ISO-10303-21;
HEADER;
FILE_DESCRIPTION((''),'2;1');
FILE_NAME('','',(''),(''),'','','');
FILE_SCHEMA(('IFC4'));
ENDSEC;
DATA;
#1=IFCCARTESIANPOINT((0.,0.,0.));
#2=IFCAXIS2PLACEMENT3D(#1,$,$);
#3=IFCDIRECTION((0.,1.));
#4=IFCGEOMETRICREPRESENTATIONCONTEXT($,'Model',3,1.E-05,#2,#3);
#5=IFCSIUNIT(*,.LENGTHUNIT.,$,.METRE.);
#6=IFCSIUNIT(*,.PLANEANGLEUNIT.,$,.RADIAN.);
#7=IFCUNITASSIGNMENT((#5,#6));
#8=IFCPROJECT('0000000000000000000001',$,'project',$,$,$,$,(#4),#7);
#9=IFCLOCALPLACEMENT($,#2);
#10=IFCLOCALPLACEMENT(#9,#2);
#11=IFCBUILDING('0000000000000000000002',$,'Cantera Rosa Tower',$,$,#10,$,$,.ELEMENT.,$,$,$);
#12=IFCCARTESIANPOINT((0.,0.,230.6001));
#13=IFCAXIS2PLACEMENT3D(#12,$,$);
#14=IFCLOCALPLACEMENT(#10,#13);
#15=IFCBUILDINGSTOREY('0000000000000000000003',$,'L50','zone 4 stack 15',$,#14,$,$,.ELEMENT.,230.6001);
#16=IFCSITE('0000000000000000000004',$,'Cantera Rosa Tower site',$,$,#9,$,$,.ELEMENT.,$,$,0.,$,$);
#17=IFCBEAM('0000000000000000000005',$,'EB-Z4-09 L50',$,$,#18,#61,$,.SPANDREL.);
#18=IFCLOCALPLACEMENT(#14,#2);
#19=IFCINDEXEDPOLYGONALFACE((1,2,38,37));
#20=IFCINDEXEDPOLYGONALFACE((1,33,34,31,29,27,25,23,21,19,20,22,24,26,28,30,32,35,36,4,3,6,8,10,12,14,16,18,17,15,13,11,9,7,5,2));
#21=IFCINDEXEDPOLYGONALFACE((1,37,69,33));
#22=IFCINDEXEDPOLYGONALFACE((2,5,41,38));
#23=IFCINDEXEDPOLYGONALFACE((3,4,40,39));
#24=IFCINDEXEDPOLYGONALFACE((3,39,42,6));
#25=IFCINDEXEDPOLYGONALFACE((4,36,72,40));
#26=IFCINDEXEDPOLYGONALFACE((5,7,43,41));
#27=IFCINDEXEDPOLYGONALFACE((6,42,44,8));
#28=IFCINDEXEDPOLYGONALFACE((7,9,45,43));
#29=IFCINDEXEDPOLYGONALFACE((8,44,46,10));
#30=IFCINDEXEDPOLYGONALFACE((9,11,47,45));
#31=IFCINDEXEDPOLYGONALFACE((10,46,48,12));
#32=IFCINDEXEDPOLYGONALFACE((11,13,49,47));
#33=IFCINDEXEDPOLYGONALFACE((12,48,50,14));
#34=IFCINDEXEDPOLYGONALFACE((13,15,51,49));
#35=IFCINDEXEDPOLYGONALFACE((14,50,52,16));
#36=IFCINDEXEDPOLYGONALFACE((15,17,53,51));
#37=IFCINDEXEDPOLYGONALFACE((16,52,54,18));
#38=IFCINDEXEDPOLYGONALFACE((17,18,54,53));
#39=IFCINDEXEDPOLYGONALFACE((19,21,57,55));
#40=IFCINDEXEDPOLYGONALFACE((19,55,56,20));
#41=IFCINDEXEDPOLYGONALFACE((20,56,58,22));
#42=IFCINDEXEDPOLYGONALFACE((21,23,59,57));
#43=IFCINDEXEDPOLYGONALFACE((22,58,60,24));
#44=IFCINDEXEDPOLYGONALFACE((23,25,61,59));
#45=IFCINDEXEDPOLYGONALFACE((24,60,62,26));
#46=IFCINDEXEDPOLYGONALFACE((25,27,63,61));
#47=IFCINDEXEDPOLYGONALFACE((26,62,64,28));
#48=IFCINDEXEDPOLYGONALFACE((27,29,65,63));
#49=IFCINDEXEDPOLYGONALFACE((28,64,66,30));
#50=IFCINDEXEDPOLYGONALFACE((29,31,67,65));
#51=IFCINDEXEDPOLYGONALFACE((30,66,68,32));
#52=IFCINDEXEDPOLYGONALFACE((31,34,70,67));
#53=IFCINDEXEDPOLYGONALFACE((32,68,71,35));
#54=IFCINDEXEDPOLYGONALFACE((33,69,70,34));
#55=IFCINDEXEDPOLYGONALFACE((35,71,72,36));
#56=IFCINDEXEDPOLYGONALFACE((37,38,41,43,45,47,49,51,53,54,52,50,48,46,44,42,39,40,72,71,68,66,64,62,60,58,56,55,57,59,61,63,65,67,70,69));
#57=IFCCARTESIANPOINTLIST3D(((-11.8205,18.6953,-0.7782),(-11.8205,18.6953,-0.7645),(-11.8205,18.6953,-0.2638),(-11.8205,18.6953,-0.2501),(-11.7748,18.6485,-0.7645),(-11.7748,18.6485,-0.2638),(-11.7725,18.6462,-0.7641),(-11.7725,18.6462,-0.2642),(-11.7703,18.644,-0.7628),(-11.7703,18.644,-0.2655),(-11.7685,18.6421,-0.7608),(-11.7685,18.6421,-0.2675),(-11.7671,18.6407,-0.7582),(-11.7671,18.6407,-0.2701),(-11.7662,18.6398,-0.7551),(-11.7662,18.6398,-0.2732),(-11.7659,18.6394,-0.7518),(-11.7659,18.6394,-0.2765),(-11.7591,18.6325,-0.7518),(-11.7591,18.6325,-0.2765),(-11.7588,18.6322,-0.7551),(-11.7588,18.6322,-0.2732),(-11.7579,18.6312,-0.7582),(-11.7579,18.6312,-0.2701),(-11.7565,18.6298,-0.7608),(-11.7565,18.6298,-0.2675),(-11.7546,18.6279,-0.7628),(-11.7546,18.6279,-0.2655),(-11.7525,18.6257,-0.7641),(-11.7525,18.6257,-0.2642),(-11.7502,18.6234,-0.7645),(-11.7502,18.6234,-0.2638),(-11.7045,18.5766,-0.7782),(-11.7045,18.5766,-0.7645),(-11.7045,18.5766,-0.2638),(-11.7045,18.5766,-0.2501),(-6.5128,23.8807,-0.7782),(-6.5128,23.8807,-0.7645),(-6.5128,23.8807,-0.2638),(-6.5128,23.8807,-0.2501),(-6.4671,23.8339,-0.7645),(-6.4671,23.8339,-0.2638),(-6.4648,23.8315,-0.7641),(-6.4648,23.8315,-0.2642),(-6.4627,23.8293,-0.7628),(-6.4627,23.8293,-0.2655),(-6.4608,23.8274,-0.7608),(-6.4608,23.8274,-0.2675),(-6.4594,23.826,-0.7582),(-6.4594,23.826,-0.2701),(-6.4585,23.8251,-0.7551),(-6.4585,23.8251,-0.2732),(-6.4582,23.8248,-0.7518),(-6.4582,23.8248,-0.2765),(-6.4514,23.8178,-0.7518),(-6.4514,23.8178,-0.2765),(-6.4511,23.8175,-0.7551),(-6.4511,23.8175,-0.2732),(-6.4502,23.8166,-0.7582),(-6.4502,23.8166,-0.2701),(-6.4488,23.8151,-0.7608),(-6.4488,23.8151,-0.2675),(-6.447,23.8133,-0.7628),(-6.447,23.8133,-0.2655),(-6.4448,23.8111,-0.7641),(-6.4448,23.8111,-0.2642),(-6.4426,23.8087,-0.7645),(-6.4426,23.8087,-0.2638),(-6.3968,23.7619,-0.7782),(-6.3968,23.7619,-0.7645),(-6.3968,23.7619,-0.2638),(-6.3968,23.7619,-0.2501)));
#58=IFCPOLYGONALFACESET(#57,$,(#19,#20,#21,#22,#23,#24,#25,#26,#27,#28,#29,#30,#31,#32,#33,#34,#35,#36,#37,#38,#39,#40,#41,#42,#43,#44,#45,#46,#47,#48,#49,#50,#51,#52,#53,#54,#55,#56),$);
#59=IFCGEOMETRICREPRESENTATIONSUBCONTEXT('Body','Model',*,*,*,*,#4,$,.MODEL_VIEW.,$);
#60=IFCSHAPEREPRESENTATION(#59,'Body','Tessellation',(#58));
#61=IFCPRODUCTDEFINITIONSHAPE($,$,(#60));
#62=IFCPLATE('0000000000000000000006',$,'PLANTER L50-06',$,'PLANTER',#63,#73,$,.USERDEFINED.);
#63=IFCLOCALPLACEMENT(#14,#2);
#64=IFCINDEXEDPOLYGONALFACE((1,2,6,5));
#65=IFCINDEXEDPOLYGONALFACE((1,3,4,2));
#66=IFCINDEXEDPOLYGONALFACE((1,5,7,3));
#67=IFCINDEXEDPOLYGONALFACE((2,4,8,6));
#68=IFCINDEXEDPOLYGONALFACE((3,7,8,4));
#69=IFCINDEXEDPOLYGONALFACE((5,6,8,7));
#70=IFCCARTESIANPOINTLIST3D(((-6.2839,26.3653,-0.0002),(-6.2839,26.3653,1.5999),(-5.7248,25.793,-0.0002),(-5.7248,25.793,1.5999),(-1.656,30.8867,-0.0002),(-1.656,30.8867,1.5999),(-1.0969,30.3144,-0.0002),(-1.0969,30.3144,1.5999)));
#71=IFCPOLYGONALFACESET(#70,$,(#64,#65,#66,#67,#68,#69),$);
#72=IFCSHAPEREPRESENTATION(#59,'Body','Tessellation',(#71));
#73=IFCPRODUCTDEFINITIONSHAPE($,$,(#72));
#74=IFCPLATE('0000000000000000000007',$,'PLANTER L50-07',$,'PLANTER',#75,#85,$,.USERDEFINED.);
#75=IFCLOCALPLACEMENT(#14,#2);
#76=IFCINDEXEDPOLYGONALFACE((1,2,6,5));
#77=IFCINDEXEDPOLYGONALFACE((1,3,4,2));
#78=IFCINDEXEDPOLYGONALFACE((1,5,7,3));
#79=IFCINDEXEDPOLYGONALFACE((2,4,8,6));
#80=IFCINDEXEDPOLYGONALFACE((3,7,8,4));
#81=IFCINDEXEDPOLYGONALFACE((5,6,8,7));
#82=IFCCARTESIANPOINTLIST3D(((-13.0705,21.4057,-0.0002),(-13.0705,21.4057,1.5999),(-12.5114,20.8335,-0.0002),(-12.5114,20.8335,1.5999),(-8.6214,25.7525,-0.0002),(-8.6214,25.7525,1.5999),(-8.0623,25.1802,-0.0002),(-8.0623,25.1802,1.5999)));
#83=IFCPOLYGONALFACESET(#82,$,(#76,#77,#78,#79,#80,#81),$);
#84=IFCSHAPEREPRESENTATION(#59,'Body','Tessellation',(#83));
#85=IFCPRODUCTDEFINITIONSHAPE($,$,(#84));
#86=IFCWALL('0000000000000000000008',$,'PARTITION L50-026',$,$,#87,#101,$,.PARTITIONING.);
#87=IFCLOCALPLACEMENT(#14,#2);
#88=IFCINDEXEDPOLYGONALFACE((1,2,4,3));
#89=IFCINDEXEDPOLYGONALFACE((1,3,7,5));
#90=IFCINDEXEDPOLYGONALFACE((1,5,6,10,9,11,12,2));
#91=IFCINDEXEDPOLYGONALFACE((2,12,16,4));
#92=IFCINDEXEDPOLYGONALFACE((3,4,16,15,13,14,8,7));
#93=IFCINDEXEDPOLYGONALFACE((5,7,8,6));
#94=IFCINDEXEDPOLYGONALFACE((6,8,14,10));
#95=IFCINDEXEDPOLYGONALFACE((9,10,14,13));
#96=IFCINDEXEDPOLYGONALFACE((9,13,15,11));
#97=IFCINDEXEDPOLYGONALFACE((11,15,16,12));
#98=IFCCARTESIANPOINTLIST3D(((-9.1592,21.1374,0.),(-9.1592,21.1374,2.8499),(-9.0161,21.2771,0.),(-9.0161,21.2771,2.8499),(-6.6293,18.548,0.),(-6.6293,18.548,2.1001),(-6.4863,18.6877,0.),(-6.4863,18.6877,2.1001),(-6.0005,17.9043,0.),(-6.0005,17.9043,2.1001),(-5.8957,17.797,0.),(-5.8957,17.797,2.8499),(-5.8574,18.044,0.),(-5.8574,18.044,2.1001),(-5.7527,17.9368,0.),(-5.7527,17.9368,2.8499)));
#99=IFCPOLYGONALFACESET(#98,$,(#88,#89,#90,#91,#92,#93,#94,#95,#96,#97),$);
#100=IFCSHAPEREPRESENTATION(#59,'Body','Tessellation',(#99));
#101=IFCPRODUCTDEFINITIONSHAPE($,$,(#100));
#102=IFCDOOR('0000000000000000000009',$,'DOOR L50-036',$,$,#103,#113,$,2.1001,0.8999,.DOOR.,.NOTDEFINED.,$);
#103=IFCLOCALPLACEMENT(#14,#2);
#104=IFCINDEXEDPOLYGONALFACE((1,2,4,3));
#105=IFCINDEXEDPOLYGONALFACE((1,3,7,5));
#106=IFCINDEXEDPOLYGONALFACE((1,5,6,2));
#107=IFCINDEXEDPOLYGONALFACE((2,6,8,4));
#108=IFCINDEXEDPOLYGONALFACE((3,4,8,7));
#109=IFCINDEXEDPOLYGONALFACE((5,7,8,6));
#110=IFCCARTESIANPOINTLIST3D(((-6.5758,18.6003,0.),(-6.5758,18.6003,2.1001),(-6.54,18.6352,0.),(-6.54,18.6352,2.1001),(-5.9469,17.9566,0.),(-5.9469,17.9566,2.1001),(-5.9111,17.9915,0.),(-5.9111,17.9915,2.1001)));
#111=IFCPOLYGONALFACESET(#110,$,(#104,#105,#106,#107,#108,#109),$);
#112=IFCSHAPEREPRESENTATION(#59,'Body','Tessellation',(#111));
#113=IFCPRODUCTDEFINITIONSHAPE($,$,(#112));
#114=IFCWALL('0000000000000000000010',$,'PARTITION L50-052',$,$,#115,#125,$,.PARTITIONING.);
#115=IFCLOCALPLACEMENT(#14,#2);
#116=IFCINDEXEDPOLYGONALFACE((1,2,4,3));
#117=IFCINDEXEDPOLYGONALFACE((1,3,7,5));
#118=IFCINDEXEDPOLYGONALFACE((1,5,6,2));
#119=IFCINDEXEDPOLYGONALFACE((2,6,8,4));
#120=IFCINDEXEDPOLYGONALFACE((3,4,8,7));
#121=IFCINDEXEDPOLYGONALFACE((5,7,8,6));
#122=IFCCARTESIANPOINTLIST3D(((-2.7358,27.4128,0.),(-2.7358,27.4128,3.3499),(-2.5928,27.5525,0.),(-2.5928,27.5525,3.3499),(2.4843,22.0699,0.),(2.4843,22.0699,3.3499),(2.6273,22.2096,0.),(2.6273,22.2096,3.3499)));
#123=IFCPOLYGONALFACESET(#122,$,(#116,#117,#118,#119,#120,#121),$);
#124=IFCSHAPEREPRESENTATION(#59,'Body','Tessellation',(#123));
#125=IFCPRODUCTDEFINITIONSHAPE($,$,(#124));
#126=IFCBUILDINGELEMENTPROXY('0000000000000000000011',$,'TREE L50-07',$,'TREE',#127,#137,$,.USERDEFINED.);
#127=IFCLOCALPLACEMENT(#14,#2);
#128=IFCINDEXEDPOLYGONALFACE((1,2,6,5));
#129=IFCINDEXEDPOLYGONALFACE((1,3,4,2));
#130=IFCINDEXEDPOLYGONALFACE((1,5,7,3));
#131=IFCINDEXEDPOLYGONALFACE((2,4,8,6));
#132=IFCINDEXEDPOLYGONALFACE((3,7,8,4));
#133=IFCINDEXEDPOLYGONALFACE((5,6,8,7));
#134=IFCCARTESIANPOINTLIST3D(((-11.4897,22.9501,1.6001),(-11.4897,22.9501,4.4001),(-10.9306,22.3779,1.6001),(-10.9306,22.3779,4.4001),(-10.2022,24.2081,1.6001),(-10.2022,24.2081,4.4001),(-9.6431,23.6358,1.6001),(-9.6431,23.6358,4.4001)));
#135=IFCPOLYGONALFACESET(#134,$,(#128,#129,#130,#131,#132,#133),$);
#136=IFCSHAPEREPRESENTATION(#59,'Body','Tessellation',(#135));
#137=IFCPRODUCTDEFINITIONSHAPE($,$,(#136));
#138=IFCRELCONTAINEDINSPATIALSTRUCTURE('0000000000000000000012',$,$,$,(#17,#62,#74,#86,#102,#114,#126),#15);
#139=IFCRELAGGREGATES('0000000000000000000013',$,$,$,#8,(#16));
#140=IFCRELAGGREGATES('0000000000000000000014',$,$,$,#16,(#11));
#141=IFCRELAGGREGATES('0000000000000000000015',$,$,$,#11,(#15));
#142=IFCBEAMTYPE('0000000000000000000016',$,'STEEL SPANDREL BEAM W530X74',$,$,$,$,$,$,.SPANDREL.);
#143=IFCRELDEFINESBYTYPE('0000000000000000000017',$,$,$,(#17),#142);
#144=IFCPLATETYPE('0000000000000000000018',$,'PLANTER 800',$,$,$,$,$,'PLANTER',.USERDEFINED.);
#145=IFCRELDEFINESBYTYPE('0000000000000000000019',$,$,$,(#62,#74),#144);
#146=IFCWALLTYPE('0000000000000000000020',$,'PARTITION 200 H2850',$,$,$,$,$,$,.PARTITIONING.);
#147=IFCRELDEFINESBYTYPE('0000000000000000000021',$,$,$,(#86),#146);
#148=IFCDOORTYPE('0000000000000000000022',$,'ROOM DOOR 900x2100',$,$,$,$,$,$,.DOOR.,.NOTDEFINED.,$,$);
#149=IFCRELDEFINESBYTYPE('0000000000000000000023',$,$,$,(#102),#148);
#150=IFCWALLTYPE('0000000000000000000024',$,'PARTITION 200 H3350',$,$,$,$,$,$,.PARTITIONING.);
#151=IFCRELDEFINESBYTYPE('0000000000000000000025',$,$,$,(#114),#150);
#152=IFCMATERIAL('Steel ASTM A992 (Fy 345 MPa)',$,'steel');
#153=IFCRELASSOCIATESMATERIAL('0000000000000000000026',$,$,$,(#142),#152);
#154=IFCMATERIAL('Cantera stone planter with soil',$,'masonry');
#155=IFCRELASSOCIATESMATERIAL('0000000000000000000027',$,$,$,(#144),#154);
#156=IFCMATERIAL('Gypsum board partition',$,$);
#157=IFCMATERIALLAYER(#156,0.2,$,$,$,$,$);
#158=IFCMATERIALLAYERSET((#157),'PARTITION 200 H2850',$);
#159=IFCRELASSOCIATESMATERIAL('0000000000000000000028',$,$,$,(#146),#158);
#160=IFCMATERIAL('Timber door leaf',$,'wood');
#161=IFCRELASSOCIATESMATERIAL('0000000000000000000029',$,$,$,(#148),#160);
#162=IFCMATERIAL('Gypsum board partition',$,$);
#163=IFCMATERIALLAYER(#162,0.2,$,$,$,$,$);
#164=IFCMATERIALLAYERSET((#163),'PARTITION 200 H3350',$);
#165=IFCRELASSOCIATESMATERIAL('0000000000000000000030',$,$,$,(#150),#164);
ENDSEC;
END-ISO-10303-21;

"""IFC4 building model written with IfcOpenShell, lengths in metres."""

from ifc_helpers import new_model, si_unit, direction, frame, frame_2d, origin, origin_2d, place, context, subcontext, project, spatial, rectangle, i_section, extrude, material, layer, layer_set, material_profile, profile_set, type_object, element, fill, save


model = new_model("IFC4")

# Units and contexts
model_context = context("Model", 3, precision=1e-05, world=origin(), true_north=direction((0.0, 1.0)))
body_context = subcontext(model_context, "Body", "Model", "MODEL_VIEW")
ifc_project = project(units=[si_unit("LENGTHUNIT", "METRE"), si_unit("PLANEANGLEUNIT", "RADIAN")], contexts=[model_context])

# Site, building, storey
site_placement = place(None, origin())
site = spatial("IfcSite", under=ifc_project, at=site_placement, Name="Cantera Rosa Tower site", CompositionType="ELEMENT", RefElevation=0.0)
building_placement = place(site_placement, origin())
building = spatial("IfcBuilding", under=site, at=building_placement, Name="Cantera Rosa Tower", CompositionType="ELEMENT")
storey_placement = place(building_placement, frame((0.0, 0.0, 230.6001)))
storey = spatial("IfcBuildingStorey", under=building, at=storey_placement, Name="L50", Description="zone 4 stack 15", CompositionType="ELEMENT", Elevation=230.6001)

# Beam
ifc_material_1 = material(Name="Steel ASTM A992 (Fy 345 MPa)", Category="steel")
ifc_material_profile_1 = material_profile(ifc_material_1, i_section(OverallWidth=0.166, OverallDepth=0.5281, WebThickness=0.0098, FlangeThickness=0.0137, FilletRadius=0.0127, at=origin_2d()), Name="W530X74")
ifc_profile_set_1 = profile_set([ifc_material_profile_1], Name="Steel ASTM A992 (Fy 345 MPa)")
beam_type_1 = type_object("IfcBeamType", Name="STEEL SPANDREL BEAM W530X74", PredefinedType="SPANDREL", material=ifc_profile_set_1)
beam_1_placement = place(storey_placement, frame((-6.4548, 23.8213, -0.5142), z_axis=(-0.715301, -0.698817, 0.0), x_axis=(0.698817, -0.715301, 0.0)))
element("IfcBeam", 1, at=beam_1_placement, inside=storey, type_object=beam_type_1, Name="EB-Z4-09 L50", PredefinedType="SPANDREL", context=body_context, shape_type="SweptSolid", body=[
    extrude(i_section(OverallWidth=0.166, OverallDepth=0.5281, WebThickness=0.0098, FlangeThickness=0.0137, FilletRadius=0.0127, at=origin_2d()), origin(), (0.0, 0.0, 1.0), 7.4202),
])

# Plates
ifc_material_2 = material(Name="Cantera stone planter with soil", Category="masonry")
plate_type = type_object("IfcPlateType", Name="PLANTER 800", ElementType="PLANTER", PredefinedType="USERDEFINED", material=ifc_material_2)
plate_1_placement = place(storey_placement, frame((-3.6904, 28.3398, -0.0002), z_axis=(0.0, 0.0, 1.0), x_axis=(-0.715286, -0.698832, 0.0)))
element("IfcPlate", 2, at=plate_1_placement, inside=storey, type_object=plate_type, Name="PLANTER L50-06", ObjectType="PLANTER", PredefinedType="USERDEFINED", context=body_context, shape_type="SweptSolid", body=[
    extrude(rectangle(XDim=6.47, YDim=0.8, at=origin_2d()), origin(), (0.0, 0.0, 1.0), 1.6001),
])
plate_2_placement = place(storey_placement, frame((-10.5664, 23.293, -0.0002), z_axis=(0.0, 0.0, 1.0), x_axis=(-0.715286, -0.698832, 0.0)))
element("IfcPlate", 3, at=plate_2_placement, inside=storey, type_object=plate_type, Name="PLANTER L50-07", ObjectType="PLANTER", PredefinedType="USERDEFINED", context=body_context, shape_type="SweptSolid", body=[
    extrude(rectangle(XDim=6.22, YDim=0.8, at=origin_2d()), origin(), (0.0, 0.0, 1.0), 1.6001),
])

# Wall, opening, door
ifc_material_3 = material(Name="Gypsum board partition")
ifc_layer_1 = layer(ifc_material_3, 0.2)
ifc_layer_set_1 = layer_set([ifc_layer_1], Name="PARTITION 200 H2850")
wall_type_1 = type_object("IfcWallType", Name="PARTITION 200 H2850", PredefinedType="PARTITIONING", material=ifc_layer_set_1)
wall_1_placement = place(storey_placement, frame((-9.0876, 21.2073, 0.0), z_axis=(0.0, 0.0, 1.0), x_axis=(0.698825, -0.715293, 0.0)))
wall_1 = element("IfcWall", 4, at=wall_1_placement, inside=storey, type_object=wall_type_1, Name="PARTITION L50-026", PredefinedType="PARTITIONING", context=body_context, shape_type="SweptSolid", body=[
    extrude(rectangle(XDim=4.6699, YDim=0.2, at=frame_2d((2.335, 0.0))), origin(), (0.0, 0.0, 1.0), 2.8499),
])
opening_1_placement = place(wall_1_placement, frame((3.6201, 0.0, 0.0)))
opening_1 = element("IfcOpeningElement", 5, at=opening_1_placement, cuts=wall_1, PredefinedType="OPENING", context=body_context, shape_type="SweptSolid", body=[
    extrude(rectangle(XDim=0.8999, YDim=2.1001, at=frame_2d((0.45, 1.05))), frame((0.0, 0.1099, 0.0), z_axis=(0.0, -1.0, 0.0), x_axis=(1.0, 0.0, 0.0)), (0.0, 0.0, 1.0), 0.22),
])
ifc_material_4 = material(Name="Timber door leaf", Category="wood")
door_type_1 = type_object("IfcDoorType", Name="ROOM DOOR 900x2100", OperationType="NOTDEFINED", PredefinedType="DOOR", material=ifc_material_4)
door_1_placement = place(opening_1_placement, origin())
door_1 = element("IfcDoor", 6, at=door_1_placement, inside=storey, type_object=door_type_1, Name="DOOR L50-036", OperationType="NOTDEFINED", OverallHeight=2.1001, OverallWidth=0.8999, PredefinedType="DOOR", context=body_context, shape_type="SweptSolid", body=[
    extrude(rectangle(XDim=0.8999, YDim=2.1001, at=frame_2d((0.45, 1.05))), frame((0.0, 0.0249, 0.0), z_axis=(0.0, -1.0, 0.0), x_axis=(1.0, 0.0, 0.0)), (0.0, 0.0, 1.0), 0.05),
])
fill(opening_1, door_1)

# Wall
ifc_material_5 = material(Name="Gypsum board partition")
ifc_layer_2 = layer(ifc_material_5, 0.2)
ifc_layer_set_2 = layer_set([ifc_layer_2], Name="PARTITION 200 H3350")
wall_type_2 = type_object("IfcWallType", Name="PARTITION 200 H3350", PredefinedType="PARTITIONING", material=ifc_layer_set_2)
wall_2_placement = place(storey_placement, frame((-2.6643, 27.4827, 0.0), z_axis=(0.0, 0.0, 1.0), x_axis=(0.698839, -0.715279, 0.0)))
element("IfcWall", 7, at=wall_2_placement, inside=storey, type_object=wall_type_2, Name="PARTITION L50-052", PredefinedType="PARTITIONING", context=body_context, shape_type="SweptSolid", body=[
    extrude(rectangle(XDim=7.4697, YDim=0.2, at=frame_2d((3.7349, 0.0))), origin(), (0.0, 0.0, 1.0), 3.3499),
])

# Building element proxy
proxy_placement = place(storey_placement, frame((-10.5664, 23.293, 1.6001), z_axis=(0.0, 0.0, 1.0), x_axis=(-0.715286, -0.698832, 0.0)))
element("IfcBuildingElementProxy", 8, at=proxy_placement, inside=storey, Name="TREE L50-07", ObjectType="TREE", PredefinedType="USERDEFINED", context=body_context, shape_type="SweptSolid", body=[
    extrude(rectangle(XDim=1.8, YDim=0.8, at=origin_2d()), origin(), (0.0, 0.0, 1.0), 2.8),
])

save(model, "model.ifc")
